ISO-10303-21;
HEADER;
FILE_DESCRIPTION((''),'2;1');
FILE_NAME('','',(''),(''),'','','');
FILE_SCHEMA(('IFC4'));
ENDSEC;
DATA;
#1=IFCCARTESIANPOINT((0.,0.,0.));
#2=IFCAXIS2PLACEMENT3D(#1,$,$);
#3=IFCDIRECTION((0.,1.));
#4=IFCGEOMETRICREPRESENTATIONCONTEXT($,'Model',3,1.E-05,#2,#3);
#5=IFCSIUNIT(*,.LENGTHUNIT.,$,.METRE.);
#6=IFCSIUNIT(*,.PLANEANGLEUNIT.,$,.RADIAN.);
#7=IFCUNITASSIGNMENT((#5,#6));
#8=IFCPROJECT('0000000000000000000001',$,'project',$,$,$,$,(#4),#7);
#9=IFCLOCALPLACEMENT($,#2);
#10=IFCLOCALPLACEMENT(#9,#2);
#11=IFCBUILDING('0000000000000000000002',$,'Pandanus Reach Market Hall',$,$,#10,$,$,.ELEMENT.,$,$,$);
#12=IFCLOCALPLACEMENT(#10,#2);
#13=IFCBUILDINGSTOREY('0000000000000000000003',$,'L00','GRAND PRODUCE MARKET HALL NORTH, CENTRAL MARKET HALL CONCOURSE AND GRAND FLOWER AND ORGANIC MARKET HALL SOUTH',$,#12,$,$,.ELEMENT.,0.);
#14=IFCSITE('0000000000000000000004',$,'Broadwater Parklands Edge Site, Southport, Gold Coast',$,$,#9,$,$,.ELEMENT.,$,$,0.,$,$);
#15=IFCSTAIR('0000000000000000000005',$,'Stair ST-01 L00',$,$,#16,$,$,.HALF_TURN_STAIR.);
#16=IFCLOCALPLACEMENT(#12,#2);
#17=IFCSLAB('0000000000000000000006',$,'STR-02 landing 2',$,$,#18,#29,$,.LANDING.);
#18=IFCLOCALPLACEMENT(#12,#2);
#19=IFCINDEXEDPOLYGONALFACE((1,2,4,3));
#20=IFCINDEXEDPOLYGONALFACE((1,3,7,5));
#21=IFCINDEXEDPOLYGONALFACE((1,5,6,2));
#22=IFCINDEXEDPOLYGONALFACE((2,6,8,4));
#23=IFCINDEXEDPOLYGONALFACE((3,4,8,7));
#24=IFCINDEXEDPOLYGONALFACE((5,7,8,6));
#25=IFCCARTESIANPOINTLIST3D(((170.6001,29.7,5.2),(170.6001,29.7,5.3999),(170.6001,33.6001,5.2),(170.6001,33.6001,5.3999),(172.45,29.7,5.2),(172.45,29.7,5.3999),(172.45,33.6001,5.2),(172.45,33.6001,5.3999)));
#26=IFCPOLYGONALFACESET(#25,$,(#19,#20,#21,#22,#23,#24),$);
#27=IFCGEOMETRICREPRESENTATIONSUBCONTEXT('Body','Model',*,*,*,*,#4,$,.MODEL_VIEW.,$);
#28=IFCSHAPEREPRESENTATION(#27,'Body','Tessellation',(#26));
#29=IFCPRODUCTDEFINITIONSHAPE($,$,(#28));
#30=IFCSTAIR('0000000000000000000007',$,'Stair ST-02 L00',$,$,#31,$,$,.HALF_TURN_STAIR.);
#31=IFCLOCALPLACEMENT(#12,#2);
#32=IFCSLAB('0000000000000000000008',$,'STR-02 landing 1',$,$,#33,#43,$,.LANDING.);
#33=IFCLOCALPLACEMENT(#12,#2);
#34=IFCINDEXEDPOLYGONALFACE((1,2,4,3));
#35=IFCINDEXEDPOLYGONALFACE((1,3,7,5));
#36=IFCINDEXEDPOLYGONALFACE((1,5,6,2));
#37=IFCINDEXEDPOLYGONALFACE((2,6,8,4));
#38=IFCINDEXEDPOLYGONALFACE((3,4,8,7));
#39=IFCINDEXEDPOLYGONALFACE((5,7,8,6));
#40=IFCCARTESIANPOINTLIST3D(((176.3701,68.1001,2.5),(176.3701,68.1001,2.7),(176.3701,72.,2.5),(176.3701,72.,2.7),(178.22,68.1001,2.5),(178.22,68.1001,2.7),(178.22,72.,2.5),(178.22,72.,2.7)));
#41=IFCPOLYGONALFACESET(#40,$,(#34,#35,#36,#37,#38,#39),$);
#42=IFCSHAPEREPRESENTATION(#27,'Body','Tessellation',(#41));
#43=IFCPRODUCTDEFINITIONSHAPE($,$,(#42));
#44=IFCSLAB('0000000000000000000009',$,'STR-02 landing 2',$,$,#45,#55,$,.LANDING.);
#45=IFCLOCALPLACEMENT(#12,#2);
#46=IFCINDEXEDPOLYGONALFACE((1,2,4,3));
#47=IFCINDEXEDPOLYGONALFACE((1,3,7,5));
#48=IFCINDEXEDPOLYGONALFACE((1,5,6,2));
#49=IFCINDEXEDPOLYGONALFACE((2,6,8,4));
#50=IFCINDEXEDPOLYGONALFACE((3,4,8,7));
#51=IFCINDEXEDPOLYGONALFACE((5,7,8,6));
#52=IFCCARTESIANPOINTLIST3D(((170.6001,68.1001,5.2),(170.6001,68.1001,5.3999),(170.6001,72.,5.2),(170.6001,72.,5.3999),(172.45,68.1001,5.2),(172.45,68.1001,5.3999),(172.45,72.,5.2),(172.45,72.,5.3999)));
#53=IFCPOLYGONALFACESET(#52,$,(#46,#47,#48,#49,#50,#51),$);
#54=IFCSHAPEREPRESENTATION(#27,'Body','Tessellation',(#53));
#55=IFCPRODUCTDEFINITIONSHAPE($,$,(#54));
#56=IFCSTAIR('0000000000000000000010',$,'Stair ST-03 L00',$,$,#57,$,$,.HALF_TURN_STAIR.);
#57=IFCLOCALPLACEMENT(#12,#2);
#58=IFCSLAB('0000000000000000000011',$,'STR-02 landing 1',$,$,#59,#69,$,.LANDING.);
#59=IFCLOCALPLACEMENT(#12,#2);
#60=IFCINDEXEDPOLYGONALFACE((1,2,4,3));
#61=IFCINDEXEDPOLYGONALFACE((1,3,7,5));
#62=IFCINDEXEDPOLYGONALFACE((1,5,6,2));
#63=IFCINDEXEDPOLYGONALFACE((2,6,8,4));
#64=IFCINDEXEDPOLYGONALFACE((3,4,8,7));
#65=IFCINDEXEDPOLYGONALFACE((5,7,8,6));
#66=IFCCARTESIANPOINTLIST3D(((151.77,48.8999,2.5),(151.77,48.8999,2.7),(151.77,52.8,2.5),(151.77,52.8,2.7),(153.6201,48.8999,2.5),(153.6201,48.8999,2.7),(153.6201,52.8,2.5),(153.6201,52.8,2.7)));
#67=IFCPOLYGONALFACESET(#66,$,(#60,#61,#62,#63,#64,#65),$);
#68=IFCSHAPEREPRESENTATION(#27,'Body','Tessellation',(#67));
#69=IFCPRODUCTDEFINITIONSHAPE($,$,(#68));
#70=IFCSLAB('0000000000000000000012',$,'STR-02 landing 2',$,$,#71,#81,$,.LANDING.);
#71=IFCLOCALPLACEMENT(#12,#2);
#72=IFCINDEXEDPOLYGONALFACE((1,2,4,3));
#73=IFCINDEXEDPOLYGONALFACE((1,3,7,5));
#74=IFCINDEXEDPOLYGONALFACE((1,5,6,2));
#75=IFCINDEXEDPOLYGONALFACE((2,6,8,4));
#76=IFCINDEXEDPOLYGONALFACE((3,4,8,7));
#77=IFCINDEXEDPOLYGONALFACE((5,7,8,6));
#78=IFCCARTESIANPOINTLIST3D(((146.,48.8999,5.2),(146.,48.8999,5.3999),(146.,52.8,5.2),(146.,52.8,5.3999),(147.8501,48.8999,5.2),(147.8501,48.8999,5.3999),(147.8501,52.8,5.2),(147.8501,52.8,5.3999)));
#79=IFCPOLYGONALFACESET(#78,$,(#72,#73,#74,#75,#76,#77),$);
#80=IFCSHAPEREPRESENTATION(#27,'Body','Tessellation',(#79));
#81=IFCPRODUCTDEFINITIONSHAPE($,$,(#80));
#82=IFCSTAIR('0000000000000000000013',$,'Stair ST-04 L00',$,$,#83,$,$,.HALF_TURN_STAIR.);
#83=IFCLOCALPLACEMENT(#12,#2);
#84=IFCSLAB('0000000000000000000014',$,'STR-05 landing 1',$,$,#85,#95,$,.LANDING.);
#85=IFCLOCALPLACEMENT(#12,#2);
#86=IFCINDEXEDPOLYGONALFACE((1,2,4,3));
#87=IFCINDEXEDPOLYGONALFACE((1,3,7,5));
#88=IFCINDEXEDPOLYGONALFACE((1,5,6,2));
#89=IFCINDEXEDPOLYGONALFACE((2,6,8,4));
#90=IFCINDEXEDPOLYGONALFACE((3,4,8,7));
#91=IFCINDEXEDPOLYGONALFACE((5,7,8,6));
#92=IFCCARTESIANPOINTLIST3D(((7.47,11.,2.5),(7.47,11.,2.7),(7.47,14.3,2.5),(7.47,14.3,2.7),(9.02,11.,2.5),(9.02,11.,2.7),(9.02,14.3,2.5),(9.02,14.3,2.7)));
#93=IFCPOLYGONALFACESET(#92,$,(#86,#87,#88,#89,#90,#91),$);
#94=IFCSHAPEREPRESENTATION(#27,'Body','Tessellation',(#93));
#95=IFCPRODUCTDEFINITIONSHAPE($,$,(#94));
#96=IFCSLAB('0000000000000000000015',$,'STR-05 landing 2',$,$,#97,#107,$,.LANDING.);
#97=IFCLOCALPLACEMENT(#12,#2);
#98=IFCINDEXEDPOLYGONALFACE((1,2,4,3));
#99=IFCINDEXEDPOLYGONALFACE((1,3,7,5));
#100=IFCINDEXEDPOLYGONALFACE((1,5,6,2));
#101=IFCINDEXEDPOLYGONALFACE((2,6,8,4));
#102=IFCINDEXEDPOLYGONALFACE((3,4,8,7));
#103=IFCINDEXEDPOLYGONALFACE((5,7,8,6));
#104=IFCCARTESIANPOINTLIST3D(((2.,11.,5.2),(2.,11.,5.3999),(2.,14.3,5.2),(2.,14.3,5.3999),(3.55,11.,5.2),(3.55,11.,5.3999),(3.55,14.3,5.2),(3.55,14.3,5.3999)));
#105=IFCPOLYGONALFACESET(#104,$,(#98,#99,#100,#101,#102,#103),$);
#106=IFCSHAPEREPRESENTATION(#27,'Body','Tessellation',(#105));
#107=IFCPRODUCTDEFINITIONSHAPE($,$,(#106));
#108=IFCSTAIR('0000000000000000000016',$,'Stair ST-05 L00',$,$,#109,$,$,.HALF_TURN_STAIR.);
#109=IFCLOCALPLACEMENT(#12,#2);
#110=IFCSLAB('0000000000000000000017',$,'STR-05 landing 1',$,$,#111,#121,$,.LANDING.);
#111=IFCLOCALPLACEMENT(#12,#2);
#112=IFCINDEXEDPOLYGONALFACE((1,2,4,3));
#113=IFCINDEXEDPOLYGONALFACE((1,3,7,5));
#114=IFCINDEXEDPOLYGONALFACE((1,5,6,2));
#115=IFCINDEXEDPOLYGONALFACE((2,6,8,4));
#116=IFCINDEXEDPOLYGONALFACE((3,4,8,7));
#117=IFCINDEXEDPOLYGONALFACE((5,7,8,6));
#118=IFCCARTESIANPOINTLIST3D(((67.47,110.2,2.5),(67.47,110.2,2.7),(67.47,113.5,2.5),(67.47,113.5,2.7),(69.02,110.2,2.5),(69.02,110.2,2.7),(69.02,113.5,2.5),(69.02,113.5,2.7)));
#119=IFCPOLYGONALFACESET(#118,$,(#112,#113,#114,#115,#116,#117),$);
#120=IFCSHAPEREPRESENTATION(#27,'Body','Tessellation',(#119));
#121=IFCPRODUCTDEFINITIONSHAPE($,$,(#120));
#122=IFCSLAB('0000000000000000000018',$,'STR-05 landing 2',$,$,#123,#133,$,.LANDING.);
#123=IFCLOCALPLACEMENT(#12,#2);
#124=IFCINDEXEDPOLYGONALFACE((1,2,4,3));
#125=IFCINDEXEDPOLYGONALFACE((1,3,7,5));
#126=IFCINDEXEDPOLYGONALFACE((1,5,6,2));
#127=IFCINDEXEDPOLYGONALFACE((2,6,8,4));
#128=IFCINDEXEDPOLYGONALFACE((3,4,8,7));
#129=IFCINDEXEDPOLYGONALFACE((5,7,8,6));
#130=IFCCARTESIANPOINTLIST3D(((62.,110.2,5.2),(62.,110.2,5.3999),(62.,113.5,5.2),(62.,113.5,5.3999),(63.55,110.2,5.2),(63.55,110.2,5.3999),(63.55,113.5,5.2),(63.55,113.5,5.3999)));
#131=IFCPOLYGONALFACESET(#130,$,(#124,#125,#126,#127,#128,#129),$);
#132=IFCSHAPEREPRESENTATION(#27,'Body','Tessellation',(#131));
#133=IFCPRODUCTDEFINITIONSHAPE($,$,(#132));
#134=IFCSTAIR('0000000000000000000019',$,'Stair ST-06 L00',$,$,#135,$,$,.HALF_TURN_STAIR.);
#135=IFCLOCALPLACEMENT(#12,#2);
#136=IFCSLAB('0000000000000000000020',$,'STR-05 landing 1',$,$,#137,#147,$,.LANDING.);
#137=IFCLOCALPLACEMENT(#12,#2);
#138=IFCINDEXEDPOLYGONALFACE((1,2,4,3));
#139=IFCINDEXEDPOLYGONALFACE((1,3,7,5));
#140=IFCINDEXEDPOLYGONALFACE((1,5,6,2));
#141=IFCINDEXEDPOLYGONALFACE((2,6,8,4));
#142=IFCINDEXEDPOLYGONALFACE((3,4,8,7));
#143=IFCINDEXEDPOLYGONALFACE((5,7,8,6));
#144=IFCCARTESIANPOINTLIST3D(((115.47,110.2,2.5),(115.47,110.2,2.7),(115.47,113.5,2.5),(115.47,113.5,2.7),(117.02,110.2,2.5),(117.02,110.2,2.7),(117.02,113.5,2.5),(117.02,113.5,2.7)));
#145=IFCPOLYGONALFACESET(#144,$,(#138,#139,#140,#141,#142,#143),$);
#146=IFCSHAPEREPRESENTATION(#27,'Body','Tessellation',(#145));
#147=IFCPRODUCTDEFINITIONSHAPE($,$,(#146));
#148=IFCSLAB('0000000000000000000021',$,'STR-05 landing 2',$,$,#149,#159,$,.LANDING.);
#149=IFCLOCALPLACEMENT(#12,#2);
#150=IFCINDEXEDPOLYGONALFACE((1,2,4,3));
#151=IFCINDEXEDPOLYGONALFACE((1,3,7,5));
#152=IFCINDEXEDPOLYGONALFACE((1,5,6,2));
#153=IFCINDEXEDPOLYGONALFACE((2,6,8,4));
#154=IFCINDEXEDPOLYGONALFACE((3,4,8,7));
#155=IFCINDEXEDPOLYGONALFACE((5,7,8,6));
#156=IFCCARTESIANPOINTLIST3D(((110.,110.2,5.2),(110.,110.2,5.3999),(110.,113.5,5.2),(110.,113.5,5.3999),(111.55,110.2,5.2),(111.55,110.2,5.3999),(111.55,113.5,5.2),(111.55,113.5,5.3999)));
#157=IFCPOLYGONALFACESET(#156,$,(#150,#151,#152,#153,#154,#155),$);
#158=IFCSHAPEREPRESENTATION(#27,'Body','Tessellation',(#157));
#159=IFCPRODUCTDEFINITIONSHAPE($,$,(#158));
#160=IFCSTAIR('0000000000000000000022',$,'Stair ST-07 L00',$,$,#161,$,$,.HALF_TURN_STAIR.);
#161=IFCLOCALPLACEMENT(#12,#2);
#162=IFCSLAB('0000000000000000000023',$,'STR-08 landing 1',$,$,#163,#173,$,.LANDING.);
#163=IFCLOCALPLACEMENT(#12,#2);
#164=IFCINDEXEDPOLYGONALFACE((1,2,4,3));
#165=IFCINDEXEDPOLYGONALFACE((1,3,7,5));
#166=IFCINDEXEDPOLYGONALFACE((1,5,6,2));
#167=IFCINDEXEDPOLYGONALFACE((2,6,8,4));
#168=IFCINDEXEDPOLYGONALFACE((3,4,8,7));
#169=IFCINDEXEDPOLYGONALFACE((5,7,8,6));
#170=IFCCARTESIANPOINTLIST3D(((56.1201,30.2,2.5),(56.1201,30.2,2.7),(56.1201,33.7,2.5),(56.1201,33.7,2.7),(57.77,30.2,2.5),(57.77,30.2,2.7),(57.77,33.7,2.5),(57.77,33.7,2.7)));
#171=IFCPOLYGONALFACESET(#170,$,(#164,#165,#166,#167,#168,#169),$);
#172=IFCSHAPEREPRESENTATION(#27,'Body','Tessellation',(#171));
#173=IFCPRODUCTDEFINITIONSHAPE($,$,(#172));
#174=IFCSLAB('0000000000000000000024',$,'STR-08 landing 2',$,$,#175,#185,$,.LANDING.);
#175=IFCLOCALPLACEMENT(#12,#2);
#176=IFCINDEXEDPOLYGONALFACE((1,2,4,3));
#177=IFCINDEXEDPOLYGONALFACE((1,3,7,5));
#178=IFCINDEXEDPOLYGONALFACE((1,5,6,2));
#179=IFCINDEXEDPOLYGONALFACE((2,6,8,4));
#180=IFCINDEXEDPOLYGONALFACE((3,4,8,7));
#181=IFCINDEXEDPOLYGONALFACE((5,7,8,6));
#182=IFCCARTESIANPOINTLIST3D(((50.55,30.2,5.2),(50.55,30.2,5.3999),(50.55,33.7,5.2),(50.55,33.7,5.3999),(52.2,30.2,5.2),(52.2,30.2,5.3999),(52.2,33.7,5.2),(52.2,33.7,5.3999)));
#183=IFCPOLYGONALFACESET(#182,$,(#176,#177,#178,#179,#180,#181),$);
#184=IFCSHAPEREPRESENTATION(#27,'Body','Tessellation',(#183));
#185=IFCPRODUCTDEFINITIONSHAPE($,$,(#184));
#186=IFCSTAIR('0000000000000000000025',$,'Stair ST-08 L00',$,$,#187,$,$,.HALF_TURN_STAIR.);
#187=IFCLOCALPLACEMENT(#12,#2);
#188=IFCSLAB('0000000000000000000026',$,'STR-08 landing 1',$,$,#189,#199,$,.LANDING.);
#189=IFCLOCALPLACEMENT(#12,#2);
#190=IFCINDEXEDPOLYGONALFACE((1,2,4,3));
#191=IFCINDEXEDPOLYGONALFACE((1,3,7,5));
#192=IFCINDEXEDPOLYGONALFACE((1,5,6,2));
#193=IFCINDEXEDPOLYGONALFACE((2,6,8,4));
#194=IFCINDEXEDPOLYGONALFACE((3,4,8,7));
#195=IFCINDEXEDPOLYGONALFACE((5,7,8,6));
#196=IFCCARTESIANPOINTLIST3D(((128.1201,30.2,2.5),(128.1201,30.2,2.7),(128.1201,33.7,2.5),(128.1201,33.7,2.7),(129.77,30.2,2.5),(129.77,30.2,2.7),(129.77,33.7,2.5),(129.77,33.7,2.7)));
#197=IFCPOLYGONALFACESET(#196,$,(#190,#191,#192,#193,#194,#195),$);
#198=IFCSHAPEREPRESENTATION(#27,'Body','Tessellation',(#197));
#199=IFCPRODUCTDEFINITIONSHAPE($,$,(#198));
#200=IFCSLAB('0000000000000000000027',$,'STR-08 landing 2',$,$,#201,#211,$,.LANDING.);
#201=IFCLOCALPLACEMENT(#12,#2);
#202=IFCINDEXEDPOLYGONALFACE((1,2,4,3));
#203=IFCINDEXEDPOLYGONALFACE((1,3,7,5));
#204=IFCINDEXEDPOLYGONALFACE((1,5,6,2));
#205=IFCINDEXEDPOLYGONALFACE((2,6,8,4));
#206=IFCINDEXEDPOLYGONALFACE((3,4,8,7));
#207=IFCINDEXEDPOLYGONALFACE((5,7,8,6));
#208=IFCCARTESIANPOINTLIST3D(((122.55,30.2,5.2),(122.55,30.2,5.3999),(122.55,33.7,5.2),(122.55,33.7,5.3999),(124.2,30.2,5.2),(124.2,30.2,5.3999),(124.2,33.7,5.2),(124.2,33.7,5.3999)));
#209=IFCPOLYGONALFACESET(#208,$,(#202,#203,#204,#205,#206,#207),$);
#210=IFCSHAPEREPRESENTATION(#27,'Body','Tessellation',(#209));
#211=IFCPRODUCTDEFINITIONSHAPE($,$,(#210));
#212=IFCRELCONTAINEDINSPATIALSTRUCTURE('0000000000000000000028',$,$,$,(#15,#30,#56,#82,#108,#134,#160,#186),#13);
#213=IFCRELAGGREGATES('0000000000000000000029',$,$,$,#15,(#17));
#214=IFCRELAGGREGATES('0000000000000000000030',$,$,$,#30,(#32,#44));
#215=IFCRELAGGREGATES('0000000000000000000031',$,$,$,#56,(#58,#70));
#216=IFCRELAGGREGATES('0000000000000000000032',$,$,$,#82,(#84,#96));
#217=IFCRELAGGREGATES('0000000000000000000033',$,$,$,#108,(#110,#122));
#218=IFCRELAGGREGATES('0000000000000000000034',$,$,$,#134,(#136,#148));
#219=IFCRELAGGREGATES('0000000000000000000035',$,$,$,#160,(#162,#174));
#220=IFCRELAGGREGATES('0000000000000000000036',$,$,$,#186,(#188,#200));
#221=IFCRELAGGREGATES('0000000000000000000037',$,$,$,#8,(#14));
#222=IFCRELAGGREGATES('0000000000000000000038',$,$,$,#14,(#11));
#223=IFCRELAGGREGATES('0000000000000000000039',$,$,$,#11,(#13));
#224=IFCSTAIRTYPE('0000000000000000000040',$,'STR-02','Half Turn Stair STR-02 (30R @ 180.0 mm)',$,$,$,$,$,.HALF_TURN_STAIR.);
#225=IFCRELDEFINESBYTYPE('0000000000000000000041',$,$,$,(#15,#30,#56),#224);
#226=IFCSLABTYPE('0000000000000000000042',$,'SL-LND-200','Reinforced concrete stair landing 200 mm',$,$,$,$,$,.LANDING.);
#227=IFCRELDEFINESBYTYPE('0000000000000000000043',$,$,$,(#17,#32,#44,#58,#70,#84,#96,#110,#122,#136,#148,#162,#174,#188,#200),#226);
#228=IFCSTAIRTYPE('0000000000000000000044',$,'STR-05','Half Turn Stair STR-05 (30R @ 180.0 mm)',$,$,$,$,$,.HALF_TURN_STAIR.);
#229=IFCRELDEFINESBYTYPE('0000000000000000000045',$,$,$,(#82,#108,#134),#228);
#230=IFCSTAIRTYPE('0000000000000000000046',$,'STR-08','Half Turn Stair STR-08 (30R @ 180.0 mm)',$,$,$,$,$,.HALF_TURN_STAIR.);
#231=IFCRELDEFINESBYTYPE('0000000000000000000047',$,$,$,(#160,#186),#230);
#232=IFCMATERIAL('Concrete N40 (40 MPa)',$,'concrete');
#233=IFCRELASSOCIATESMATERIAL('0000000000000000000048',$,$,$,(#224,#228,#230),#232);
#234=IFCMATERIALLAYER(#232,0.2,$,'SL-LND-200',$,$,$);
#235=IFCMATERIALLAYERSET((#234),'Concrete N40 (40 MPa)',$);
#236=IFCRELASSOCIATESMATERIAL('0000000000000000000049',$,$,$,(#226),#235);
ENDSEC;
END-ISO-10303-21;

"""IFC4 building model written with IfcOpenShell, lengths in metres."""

from ifc_helpers import new_model, si_unit, direction, frame, origin, place, context, subcontext, project, spatial, polyline, outline, extrude, material, layer, layer_set, type_object, element, aggregate, save


model = new_model("IFC4")

# Units and contexts
model_context = context("Model", 3, precision=1e-05, world=origin(), true_north=direction((0.0, 1.0)))
body_context = subcontext(model_context, "Body", "Model", "MODEL_VIEW")
ifc_project = project(units=[si_unit("LENGTHUNIT", "METRE"), si_unit("PLANEANGLEUNIT", "RADIAN")], contexts=[model_context])

# Site, building, storey
site_placement = place(None, origin())
site = spatial("IfcSite", under=ifc_project, at=site_placement, Name="Broadwater Parklands Edge Site, Southport, Gold Coast", CompositionType="ELEMENT", RefElevation=0.0)
building_placement = place(site_placement, origin())
building = spatial("IfcBuilding", under=site, at=building_placement, Name="Pandanus Reach Market Hall", CompositionType="ELEMENT")
storey_placement = place(building_placement, origin())
storey = spatial("IfcBuildingStorey", under=building, at=storey_placement, Name="L00", Description="GRAND PRODUCE MARKET HALL NORTH, CENTRAL MARKET HALL CONCOURSE AND GRAND FLOWER AND ORGANIC MARKET HALL SOUTH", CompositionType="ELEMENT", Elevation=0.0)

# Shared definitions
ifc_material_1 = material(Name="Concrete N40 (40 MPa)", Category="concrete")

# Stair, slab
stair_type_1 = type_object("IfcStairType", Name="STR-02", Description="Half Turn Stair STR-02 (30R @ 180.0 mm)", PredefinedType="HALF_TURN_STAIR", material=ifc_material_1)
stair_1_placement = place(storey_placement, origin())
stair_1 = element("IfcStair", 1, at=stair_1_placement, inside=storey, type_object=stair_type_1, Name="Stair ST-01 L00", PredefinedType="HALF_TURN_STAIR")
ifc_layer_1 = layer(ifc_material_1, 0.2, Name="SL-LND-200")
ifc_layer_set_1 = layer_set([ifc_layer_1], Name="Concrete N40 (40 MPa)")
slab_type = type_object("IfcSlabType", Name="SL-LND-200", Description="Reinforced concrete stair landing 200 mm", PredefinedType="LANDING", material=ifc_layer_set_1)
slab_1_placement = place(storey_placement, frame((0.0, 0.0, 5.2)))
slab_1 = element("IfcSlab", 2, at=slab_1_placement, type_object=slab_type, Name="STR-02 landing 2", PredefinedType="LANDING", context=body_context, shape_type="SweptSolid", body=[
    extrude(outline(polyline([(170.6001, 29.7), (172.45, 29.7), (172.45, 33.6001), (170.6001, 33.6001), (170.6001, 29.7)])), origin(), (0.0, 0.0, 1.0), 0.2),
])
aggregate(stair_1, [slab_1])

# Stairs, slabs
stair_2_placement = place(storey_placement, origin())
stair_2 = element("IfcStair", 3, at=stair_2_placement, inside=storey, type_object=stair_type_1, Name="Stair ST-02 L00", PredefinedType="HALF_TURN_STAIR")
slab_2_placement = place(storey_placement, frame((0.0, 0.0, 2.5)))
slab_2 = element("IfcSlab", 4, at=slab_2_placement, type_object=slab_type, Name="STR-02 landing 1", PredefinedType="LANDING", context=body_context, shape_type="SweptSolid", body=[
    extrude(outline(polyline([(176.3701, 68.1001), (178.22, 68.1001), (178.22, 72.0), (176.3701, 72.0), (176.3701, 68.1001)])), origin(), (0.0, 0.0, 1.0), 0.2),
])
slab_3_placement = place(storey_placement, frame((0.0, 0.0, 5.2)))
slab_3 = element("IfcSlab", 5, at=slab_3_placement, type_object=slab_type, Name="STR-02 landing 2", PredefinedType="LANDING", context=body_context, shape_type="SweptSolid", body=[
    extrude(outline(polyline([(170.6001, 68.1001), (172.45, 68.1001), (172.45, 72.0), (170.6001, 72.0), (170.6001, 68.1001)])), origin(), (0.0, 0.0, 1.0), 0.2),
])
aggregate(stair_2, [slab_2, slab_3])
stair_3_placement = place(storey_placement, origin())
stair_3 = element("IfcStair", 6, at=stair_3_placement, inside=storey, type_object=stair_type_1, Name="Stair ST-03 L00", PredefinedType="HALF_TURN_STAIR")
slab_4_placement = place(storey_placement, frame((0.0, 0.0, 2.5)))
slab_4 = element("IfcSlab", 7, at=slab_4_placement, type_object=slab_type, Name="STR-02 landing 1", PredefinedType="LANDING", context=body_context, shape_type="SweptSolid", body=[
    extrude(outline(polyline([(151.77, 48.8999), (153.6201, 48.8999), (153.6201, 52.8), (151.77, 52.8), (151.77, 48.8999)])), origin(), (0.0, 0.0, 1.0), 0.2),
])
slab_5_placement = place(storey_placement, frame((0.0, 0.0, 5.2)))
slab_5 = element("IfcSlab", 8, at=slab_5_placement, type_object=slab_type, Name="STR-02 landing 2", PredefinedType="LANDING", context=body_context, shape_type="SweptSolid", body=[
    extrude(outline(polyline([(146.0, 48.8999), (147.8501, 48.8999), (147.8501, 52.8), (146.0, 52.8), (146.0, 48.8999)])), origin(), (0.0, 0.0, 1.0), 0.2),
])
aggregate(stair_3, [slab_4, slab_5])
stair_type_2 = type_object("IfcStairType", Name="STR-05", Description="Half Turn Stair STR-05 (30R @ 180.0 mm)", PredefinedType="HALF_TURN_STAIR", material=ifc_material_1)
stair_4_placement = place(storey_placement, origin())
stair_4 = element("IfcStair", 9, at=stair_4_placement, inside=storey, type_object=stair_type_2, Name="Stair ST-04 L00", PredefinedType="HALF_TURN_STAIR")
slab_6_placement = place(storey_placement, frame((0.0, 0.0, 2.5)))
slab_6 = element("IfcSlab", 10, at=slab_6_placement, type_object=slab_type, Name="STR-05 landing 1", PredefinedType="LANDING", context=body_context, shape_type="SweptSolid", body=[
    extrude(outline(polyline([(7.47, 11.0), (9.02, 11.0), (9.02, 14.3), (7.47, 14.3), (7.47, 11.0)])), origin(), (0.0, 0.0, 1.0), 0.2),
])
slab_7_placement = place(storey_placement, frame((0.0, 0.0, 5.2)))
slab_7 = element("IfcSlab", 11, at=slab_7_placement, type_object=slab_type, Name="STR-05 landing 2", PredefinedType="LANDING", context=body_context, shape_type="SweptSolid", body=[
    extrude(outline(polyline([(2.0, 11.0), (3.55, 11.0), (3.55, 14.3), (2.0, 14.3), (2.0, 11.0)])), origin(), (0.0, 0.0, 1.0), 0.2),
])
aggregate(stair_4, [slab_6, slab_7])
stair_5_placement = place(storey_placement, origin())
stair_5 = element("IfcStair", 12, at=stair_5_placement, inside=storey, type_object=stair_type_2, Name="Stair ST-05 L00", PredefinedType="HALF_TURN_STAIR")
slab_8_placement = place(storey_placement, frame((0.0, 0.0, 2.5)))
slab_8 = element("IfcSlab", 13, at=slab_8_placement, type_object=slab_type, Name="STR-05 landing 1", PredefinedType="LANDING", context=body_context, shape_type="SweptSolid", body=[
    extrude(outline(polyline([(67.47, 110.2), (69.02, 110.2), (69.02, 113.5), (67.47, 113.5), (67.47, 110.2)])), origin(), (0.0, 0.0, 1.0), 0.2),
])
slab_9_placement = place(storey_placement, frame((0.0, 0.0, 5.2)))
slab_9 = element("IfcSlab", 14, at=slab_9_placement, type_object=slab_type, Name="STR-05 landing 2", PredefinedType="LANDING", context=body_context, shape_type="SweptSolid", body=[
    extrude(outline(polyline([(62.0, 110.2), (63.55, 110.2), (63.55, 113.5), (62.0, 113.5), (62.0, 110.2)])), origin(), (0.0, 0.0, 1.0), 0.2),
])
aggregate(stair_5, [slab_8, slab_9])
stair_6_placement = place(storey_placement, origin())
stair_6 = element("IfcStair", 15, at=stair_6_placement, inside=storey, type_object=stair_type_2, Name="Stair ST-06 L00", PredefinedType="HALF_TURN_STAIR")
slab_10_placement = place(storey_placement, frame((0.0, 0.0, 2.5)))
slab_10 = element("IfcSlab", 16, at=slab_10_placement, type_object=slab_type, Name="STR-05 landing 1", PredefinedType="LANDING", context=body_context, shape_type="SweptSolid", body=[
    extrude(outline(polyline([(115.47, 110.2), (117.02, 110.2), (117.02, 113.5), (115.47, 113.5), (115.47, 110.2)])), origin(), (0.0, 0.0, 1.0), 0.2),
])
slab_11_placement = place(storey_placement, frame((0.0, 0.0, 5.2)))
slab_11 = element("IfcSlab", 17, at=slab_11_placement, type_object=slab_type, Name="STR-05 landing 2", PredefinedType="LANDING", context=body_context, shape_type="SweptSolid", body=[
    extrude(outline(polyline([(110.0, 110.2), (111.55, 110.2), (111.55, 113.5), (110.0, 113.5), (110.0, 110.2)])), origin(), (0.0, 0.0, 1.0), 0.2),
])
aggregate(stair_6, [slab_10, slab_11])
stair_type_3 = type_object("IfcStairType", Name="STR-08", Description="Half Turn Stair STR-08 (30R @ 180.0 mm)", PredefinedType="HALF_TURN_STAIR", material=ifc_material_1)
stair_7_placement = place(storey_placement, origin())
stair_7 = element("IfcStair", 18, at=stair_7_placement, inside=storey, type_object=stair_type_3, Name="Stair ST-07 L00", PredefinedType="HALF_TURN_STAIR")
slab_12_placement = place(storey_placement, frame((0.0, 0.0, 2.5)))
slab_12 = element("IfcSlab", 19, at=slab_12_placement, type_object=slab_type, Name="STR-08 landing 1", PredefinedType="LANDING", context=body_context, shape_type="SweptSolid", body=[
    extrude(outline(polyline([(56.1201, 30.2), (57.77, 30.2), (57.77, 33.7), (56.1201, 33.7), (56.1201, 30.2)])), origin(), (0.0, 0.0, 1.0), 0.2),
])
slab_13_placement = place(storey_placement, frame((0.0, 0.0, 5.2)))
slab_13 = element("IfcSlab", 20, at=slab_13_placement, type_object=slab_type, Name="STR-08 landing 2", PredefinedType="LANDING", context=body_context, shape_type="SweptSolid", body=[
    extrude(outline(polyline([(50.55, 30.2), (52.2, 30.2), (52.2, 33.7), (50.55, 33.7), (50.55, 30.2)])), origin(), (0.0, 0.0, 1.0), 0.2),
])
aggregate(stair_7, [slab_12, slab_13])
stair_8_placement = place(storey_placement, origin())
stair_8 = element("IfcStair", 21, at=stair_8_placement, inside=storey, type_object=stair_type_3, Name="Stair ST-08 L00", PredefinedType="HALF_TURN_STAIR")
slab_14_placement = place(storey_placement, frame((0.0, 0.0, 2.5)))
slab_14 = element("IfcSlab", 22, at=slab_14_placement, type_object=slab_type, Name="STR-08 landing 1", PredefinedType="LANDING", context=body_context, shape_type="SweptSolid", body=[
    extrude(outline(polyline([(128.1201, 30.2), (129.77, 30.2), (129.77, 33.7), (128.1201, 33.7), (128.1201, 30.2)])), origin(), (0.0, 0.0, 1.0), 0.2),
])
slab_15_placement = place(storey_placement, frame((0.0, 0.0, 5.2)))
slab_15 = element("IfcSlab", 23, at=slab_15_placement, type_object=slab_type, Name="STR-08 landing 2", PredefinedType="LANDING", context=body_context, shape_type="SweptSolid", body=[
    extrude(outline(polyline([(122.55, 30.2), (124.2, 30.2), (124.2, 33.7), (122.55, 33.7), (122.55, 30.2)])), origin(), (0.0, 0.0, 1.0), 0.2),
])
aggregate(stair_8, [slab_14, slab_15])

save(model, "model.ifc")
